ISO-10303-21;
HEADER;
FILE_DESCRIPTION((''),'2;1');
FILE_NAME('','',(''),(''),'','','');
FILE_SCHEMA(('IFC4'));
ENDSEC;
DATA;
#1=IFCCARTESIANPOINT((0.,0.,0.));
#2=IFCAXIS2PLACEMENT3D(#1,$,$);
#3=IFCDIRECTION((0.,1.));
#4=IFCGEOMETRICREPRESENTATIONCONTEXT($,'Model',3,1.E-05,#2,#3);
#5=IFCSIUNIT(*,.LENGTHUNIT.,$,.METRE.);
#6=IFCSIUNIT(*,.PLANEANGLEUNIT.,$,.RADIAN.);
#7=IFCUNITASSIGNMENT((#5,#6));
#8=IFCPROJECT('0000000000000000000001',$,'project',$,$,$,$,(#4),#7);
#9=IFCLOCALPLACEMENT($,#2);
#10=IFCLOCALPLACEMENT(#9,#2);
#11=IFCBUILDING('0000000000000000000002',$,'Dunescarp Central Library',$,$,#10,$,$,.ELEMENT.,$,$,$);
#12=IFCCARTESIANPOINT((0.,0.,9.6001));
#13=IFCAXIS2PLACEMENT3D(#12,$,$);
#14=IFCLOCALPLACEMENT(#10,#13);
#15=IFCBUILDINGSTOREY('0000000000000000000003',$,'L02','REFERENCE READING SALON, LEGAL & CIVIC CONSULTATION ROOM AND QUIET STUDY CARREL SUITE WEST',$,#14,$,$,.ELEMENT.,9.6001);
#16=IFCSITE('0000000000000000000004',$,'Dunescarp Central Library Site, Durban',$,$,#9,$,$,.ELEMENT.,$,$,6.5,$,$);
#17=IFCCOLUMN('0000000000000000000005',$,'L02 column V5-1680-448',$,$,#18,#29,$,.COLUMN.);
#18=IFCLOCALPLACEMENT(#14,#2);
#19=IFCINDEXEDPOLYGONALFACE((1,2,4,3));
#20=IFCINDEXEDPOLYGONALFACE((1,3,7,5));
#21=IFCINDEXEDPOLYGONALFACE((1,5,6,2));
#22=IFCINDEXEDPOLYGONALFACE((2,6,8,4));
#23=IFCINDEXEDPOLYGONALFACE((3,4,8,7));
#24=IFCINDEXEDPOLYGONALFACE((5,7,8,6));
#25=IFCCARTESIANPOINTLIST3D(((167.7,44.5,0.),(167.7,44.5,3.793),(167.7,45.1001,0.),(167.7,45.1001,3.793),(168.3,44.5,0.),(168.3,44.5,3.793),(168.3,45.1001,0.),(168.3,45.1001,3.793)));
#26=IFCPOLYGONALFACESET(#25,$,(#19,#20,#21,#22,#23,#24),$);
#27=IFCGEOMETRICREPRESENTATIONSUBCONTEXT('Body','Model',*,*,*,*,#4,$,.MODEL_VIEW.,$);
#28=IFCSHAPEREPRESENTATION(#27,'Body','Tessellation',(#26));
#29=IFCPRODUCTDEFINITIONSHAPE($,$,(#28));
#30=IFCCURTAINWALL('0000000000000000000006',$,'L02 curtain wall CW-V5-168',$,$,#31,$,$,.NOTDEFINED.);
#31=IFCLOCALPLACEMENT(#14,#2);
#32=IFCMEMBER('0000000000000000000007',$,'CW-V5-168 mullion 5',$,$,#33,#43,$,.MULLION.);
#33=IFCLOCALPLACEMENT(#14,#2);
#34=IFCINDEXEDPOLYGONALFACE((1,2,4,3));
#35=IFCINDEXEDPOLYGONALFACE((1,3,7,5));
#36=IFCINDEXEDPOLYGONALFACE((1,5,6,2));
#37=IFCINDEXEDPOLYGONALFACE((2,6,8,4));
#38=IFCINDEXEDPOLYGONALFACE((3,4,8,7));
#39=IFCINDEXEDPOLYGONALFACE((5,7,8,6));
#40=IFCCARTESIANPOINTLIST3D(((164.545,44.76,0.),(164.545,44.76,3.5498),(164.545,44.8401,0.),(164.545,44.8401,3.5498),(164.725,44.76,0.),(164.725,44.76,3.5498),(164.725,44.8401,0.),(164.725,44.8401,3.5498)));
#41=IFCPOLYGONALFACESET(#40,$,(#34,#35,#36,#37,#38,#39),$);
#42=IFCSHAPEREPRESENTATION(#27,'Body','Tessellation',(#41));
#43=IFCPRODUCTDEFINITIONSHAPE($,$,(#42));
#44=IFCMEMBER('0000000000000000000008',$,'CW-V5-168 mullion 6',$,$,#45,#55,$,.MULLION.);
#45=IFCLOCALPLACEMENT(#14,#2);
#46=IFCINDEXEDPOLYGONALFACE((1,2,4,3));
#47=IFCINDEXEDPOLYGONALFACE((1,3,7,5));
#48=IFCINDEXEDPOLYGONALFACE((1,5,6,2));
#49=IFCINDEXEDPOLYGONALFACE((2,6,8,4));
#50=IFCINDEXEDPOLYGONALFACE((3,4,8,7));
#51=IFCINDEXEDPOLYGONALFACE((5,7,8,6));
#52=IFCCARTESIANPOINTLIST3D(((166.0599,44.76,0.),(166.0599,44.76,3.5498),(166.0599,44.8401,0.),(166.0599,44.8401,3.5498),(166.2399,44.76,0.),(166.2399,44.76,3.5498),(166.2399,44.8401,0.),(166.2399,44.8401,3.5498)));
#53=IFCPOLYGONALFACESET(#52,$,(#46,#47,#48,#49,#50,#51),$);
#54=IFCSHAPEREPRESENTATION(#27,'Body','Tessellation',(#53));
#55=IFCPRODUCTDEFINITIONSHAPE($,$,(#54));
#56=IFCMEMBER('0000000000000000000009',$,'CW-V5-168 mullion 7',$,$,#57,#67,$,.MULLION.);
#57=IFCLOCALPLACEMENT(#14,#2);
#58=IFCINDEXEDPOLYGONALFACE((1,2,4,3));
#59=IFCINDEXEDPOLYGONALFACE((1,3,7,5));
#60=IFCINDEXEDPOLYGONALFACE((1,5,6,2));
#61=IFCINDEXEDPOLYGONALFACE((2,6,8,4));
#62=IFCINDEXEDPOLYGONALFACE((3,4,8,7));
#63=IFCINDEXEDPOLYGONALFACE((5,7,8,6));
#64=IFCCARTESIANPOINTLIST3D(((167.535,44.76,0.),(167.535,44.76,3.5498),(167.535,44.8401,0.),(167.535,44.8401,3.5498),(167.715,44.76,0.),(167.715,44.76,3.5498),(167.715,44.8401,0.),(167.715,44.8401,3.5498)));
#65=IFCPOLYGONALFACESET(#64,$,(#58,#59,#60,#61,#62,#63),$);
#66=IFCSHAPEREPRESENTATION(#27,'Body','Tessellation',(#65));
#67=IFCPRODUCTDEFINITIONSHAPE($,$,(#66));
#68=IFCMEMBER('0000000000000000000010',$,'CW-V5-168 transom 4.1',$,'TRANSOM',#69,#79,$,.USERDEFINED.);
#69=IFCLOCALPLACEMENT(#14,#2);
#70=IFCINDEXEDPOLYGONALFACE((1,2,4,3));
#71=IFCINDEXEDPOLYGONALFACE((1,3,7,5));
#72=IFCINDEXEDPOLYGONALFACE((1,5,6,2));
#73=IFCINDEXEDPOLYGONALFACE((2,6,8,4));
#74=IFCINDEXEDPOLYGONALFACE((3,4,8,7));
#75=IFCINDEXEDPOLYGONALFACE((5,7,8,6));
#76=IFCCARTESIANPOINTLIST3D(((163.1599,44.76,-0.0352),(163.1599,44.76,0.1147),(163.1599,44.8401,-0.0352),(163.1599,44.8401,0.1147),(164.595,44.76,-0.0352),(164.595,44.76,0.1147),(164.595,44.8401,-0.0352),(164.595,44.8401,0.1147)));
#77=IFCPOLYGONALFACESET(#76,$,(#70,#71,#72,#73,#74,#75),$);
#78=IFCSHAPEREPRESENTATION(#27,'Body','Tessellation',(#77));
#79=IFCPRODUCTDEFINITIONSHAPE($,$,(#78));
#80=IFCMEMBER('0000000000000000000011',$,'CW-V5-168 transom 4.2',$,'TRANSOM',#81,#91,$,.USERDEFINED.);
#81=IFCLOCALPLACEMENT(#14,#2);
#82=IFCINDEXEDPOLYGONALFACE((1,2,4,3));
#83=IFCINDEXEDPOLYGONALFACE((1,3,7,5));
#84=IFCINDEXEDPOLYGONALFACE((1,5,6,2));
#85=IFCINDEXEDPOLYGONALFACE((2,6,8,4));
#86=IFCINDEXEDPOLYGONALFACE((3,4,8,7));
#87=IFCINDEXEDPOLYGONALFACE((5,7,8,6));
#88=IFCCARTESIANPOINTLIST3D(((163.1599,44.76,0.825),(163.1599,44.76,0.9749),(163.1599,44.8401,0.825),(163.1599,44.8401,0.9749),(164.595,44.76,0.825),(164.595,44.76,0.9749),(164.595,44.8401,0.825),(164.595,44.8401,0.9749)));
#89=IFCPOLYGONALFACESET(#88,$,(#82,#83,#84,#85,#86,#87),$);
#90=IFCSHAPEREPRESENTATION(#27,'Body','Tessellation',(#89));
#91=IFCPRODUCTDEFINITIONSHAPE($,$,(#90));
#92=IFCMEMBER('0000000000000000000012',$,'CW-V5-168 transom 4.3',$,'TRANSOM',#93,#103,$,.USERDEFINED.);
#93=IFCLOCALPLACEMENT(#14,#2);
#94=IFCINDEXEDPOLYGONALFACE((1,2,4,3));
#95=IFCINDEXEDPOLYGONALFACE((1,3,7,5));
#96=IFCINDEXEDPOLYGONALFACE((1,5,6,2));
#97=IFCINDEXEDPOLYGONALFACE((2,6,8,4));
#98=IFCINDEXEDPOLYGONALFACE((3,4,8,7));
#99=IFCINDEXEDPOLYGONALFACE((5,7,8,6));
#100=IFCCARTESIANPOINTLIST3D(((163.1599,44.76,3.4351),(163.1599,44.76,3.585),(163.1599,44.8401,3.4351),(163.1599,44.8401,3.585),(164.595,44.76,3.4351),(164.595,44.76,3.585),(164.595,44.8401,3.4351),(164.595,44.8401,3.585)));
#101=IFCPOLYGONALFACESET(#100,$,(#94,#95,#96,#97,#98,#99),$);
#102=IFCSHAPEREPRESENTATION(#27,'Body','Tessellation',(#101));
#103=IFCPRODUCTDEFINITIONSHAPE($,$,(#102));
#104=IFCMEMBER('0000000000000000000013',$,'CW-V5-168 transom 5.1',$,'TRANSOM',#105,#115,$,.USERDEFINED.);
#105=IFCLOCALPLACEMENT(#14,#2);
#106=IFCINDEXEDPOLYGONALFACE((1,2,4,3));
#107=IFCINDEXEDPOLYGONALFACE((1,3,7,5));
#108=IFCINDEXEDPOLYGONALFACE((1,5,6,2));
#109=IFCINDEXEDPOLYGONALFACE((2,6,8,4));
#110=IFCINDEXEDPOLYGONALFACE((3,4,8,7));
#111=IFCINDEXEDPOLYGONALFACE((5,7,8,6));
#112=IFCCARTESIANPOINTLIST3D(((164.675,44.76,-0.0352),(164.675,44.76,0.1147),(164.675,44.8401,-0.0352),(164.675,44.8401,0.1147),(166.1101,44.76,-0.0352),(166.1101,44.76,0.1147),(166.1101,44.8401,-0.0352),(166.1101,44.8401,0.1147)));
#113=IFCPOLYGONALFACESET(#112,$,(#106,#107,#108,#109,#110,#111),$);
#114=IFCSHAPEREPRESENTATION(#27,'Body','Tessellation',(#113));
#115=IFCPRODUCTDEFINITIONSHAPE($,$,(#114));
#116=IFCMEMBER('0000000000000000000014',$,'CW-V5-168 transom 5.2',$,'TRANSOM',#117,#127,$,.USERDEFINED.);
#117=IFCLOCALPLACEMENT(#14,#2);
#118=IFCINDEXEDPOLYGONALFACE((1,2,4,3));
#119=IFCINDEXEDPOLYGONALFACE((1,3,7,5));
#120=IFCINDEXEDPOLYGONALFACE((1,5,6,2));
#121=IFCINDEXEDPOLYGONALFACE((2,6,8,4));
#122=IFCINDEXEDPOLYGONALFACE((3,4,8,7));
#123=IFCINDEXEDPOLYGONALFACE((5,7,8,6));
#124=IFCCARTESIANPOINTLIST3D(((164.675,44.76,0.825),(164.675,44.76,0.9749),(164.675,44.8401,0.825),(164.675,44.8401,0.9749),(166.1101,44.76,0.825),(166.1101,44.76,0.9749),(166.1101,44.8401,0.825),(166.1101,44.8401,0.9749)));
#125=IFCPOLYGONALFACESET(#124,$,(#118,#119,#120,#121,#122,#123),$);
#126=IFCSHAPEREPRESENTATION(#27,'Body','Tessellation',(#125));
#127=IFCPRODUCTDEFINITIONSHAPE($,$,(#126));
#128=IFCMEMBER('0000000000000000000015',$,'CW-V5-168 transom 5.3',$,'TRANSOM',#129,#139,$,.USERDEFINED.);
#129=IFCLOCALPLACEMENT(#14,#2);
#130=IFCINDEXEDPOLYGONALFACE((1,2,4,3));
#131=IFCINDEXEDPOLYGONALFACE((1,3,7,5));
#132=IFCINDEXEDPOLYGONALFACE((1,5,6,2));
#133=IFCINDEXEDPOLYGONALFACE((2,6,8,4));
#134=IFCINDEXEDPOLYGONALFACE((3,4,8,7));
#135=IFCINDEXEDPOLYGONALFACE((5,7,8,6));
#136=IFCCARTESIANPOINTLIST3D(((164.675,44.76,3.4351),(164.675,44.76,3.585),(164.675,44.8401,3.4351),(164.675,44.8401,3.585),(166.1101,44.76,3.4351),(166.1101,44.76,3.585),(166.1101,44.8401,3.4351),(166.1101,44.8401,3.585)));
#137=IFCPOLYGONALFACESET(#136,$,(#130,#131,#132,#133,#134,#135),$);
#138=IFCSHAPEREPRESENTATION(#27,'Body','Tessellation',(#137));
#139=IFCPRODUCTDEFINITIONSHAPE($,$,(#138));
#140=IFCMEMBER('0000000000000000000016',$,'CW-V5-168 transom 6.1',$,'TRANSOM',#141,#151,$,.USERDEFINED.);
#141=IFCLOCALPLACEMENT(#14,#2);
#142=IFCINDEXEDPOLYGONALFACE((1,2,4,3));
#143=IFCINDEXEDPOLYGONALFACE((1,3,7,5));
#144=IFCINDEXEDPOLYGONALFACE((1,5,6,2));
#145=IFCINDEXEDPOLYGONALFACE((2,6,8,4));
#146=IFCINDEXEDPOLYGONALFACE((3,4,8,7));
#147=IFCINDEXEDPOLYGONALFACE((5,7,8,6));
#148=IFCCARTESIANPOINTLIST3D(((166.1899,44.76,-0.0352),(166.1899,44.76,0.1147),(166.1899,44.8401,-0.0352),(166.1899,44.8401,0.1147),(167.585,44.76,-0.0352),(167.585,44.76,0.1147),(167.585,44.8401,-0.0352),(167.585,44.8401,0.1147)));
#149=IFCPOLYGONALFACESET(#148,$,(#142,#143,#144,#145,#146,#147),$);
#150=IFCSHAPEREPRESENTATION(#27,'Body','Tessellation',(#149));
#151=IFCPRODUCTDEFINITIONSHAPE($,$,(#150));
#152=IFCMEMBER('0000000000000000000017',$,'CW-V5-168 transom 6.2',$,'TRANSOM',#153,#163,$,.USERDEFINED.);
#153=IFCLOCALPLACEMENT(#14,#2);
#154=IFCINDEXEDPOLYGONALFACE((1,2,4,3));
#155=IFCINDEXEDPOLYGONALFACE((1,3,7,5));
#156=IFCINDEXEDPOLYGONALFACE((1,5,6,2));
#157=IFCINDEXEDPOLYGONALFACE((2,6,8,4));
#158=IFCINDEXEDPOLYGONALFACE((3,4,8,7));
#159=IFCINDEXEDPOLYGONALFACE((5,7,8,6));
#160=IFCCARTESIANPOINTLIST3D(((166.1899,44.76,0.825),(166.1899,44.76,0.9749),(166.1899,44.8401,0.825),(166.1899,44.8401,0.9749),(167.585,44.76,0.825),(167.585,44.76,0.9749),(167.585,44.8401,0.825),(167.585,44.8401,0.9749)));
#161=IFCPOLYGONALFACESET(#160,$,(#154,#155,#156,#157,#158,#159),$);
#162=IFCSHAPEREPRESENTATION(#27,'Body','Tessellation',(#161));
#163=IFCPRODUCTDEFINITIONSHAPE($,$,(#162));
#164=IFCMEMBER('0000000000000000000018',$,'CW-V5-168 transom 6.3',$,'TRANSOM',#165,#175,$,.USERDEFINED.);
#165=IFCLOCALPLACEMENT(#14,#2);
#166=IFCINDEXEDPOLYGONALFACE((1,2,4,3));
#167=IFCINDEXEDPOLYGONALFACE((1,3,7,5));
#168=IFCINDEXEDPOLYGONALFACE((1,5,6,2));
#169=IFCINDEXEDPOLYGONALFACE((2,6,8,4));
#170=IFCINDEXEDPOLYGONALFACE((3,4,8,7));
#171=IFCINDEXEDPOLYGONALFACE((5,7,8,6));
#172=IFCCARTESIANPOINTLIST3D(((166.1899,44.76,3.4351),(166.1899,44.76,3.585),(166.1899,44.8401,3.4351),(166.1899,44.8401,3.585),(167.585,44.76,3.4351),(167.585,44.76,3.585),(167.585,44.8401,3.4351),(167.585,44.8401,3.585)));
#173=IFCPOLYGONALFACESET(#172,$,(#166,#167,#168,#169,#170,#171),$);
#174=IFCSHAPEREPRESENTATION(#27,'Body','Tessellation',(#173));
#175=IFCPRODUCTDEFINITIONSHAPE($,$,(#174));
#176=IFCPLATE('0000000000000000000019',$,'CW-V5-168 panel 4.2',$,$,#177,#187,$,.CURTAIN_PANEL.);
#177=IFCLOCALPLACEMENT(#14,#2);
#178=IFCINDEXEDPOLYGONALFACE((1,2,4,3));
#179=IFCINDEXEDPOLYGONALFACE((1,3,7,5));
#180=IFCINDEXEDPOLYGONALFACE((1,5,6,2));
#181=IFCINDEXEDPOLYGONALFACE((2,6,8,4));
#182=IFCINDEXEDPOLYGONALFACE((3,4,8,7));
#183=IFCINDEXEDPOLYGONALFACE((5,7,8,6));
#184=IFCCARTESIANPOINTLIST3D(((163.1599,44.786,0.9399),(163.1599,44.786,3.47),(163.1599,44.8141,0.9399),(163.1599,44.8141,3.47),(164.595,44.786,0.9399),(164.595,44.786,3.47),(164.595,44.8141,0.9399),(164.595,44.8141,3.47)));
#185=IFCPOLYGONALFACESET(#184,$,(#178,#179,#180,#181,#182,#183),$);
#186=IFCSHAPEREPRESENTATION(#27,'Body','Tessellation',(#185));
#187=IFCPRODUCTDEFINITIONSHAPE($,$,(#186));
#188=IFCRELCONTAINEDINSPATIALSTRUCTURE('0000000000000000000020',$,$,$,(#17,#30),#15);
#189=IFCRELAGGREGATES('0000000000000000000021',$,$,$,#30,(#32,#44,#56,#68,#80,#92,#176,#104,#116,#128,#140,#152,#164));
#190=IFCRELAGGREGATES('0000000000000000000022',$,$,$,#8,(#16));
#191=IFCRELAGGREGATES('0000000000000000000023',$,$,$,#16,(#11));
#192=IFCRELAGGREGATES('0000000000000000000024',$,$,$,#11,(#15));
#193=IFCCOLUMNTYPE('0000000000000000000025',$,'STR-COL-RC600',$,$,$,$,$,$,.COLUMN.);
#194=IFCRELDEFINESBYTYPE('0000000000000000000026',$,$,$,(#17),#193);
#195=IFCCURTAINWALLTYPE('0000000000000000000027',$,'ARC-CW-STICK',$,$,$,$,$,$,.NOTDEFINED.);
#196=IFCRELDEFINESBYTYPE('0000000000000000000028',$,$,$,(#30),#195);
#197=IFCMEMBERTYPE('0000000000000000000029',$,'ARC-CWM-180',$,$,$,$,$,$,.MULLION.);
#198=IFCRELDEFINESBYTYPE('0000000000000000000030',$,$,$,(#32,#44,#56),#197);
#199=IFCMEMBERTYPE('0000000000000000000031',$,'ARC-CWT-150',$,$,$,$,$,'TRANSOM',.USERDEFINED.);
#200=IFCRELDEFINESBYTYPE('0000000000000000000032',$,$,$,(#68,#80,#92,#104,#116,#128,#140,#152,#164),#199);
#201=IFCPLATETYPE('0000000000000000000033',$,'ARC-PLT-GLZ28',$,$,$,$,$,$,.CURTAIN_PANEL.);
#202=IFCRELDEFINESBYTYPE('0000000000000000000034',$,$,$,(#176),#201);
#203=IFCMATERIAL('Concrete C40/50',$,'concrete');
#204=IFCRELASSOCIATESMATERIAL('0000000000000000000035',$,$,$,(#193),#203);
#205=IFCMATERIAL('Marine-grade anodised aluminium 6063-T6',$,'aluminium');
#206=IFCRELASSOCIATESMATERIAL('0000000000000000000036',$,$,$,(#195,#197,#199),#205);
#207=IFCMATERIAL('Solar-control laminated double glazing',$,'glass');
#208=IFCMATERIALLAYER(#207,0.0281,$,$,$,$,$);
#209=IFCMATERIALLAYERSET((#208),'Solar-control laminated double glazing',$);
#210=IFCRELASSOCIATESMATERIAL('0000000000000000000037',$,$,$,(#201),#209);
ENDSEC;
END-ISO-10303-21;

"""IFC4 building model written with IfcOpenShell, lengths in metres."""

from ifc_helpers import new_model, si_unit, direction, frame, origin, origin_2d, place, context, subcontext, project, spatial, rectangle, extrude, material, layer, layer_set, material_profile, profile_set, type_object, element, aggregate, save


model = new_model("IFC4")

# Units and contexts
model_context = context("Model", 3, precision=1e-05, world=origin(), true_north=direction((0.0, 1.0)))
body_context = subcontext(model_context, "Body", "Model", "MODEL_VIEW")
ifc_project = project(units=[si_unit("LENGTHUNIT", "METRE"), si_unit("PLANEANGLEUNIT", "RADIAN")], contexts=[model_context])

# Site, building, storey
site_placement = place(None, origin())
site = spatial("IfcSite", under=ifc_project, at=site_placement, Name="Dunescarp Central Library Site, Durban", CompositionType="ELEMENT", RefElevation=6.5)
building_placement = place(site_placement, origin())
building = spatial("IfcBuilding", under=site, at=building_placement, Name="Dunescarp Central Library", CompositionType="ELEMENT")
storey_placement = place(building_placement, frame((0.0, 0.0, 9.6001)))
storey = spatial("IfcBuildingStorey", under=building, at=storey_placement, Name="L02", Description="REFERENCE READING SALON, LEGAL & CIVIC CONSULTATION ROOM AND QUIET STUDY CARREL SUITE WEST", CompositionType="ELEMENT", Elevation=9.6001)

# Column
ifc_material_1 = material(Name="Concrete C40/50", Category="concrete")
ifc_material_profile_1 = material_profile(ifc_material_1, rectangle(XDim=0.6001, YDim=0.6001, at=origin_2d()), Name="RC 600x600")
ifc_profile_set_1 = profile_set([ifc_material_profile_1], Name="Concrete C40/50")
column_type = type_object("IfcColumnType", Name="STR-COL-RC600", PredefinedType="COLUMN", material=ifc_profile_set_1)
column_placement = place(storey_placement, frame((168.0, 44.8, 0.0), z_axis=(0.0, 0.0, 1.0), x_axis=(1.0, 0.0, 0.0)))
element("IfcColumn", 1, at=column_placement, inside=storey, type_object=column_type, Name="L02 column V5-1680-448", PredefinedType="COLUMN", context=body_context, shape_type="SweptSolid", body=[
    extrude(rectangle(XDim=0.6001, YDim=0.6001, at=origin_2d()), origin(), (0.0, 0.0, 1.0), 3.793),
])

# Curtain wall, members, plate
ifc_material_2 = material(Name="Marine-grade anodised aluminium 6063-T6", Category="aluminium")
curtain_wall_type = type_object("IfcCurtainWallType", Name="ARC-CW-STICK", PredefinedType="NOTDEFINED", material=ifc_material_2)
curtain_wall_placement = place(storey_placement, origin())
curtain_wall = element("IfcCurtainWall", 2, at=curtain_wall_placement, inside=storey, type_object=curtain_wall_type, Name="L02 curtain wall CW-V5-168", PredefinedType="NOTDEFINED")
ifc_material_profile_2 = material_profile(ifc_material_2, rectangle(XDim=0.0801, YDim=0.1799, at=origin_2d()), Name="AL 80x180")
ifc_profile_set_2 = profile_set([ifc_material_profile_2], Name="Marine-grade anodised aluminium 6063-T6")
member_type_1 = type_object("IfcMemberType", Name="ARC-CWM-180", PredefinedType="MULLION", material=ifc_profile_set_2)
member_1_placement = place(storey_placement, frame((164.635, 44.8, 0.0), z_axis=(0.0, 0.0, 1.0), x_axis=(0.0, 1.0, 0.0)))
member_1 = element("IfcMember", 3, at=member_1_placement, type_object=member_type_1, Name="CW-V5-168 mullion 5", PredefinedType="MULLION", context=body_context, shape_type="SweptSolid", body=[
    extrude(rectangle(XDim=0.0801, YDim=0.1799, at=origin_2d()), origin(), (0.0, 0.0, 1.0), 3.5498),
])
member_2_placement = place(storey_placement, frame((166.1499, 44.8, 0.0), z_axis=(0.0, 0.0, 1.0), x_axis=(0.0, 1.0, 0.0)))
member_2 = element("IfcMember", 4, at=member_2_placement, type_object=member_type_1, Name="CW-V5-168 mullion 6", PredefinedType="MULLION", context=body_context, shape_type="SweptSolid", body=[
    extrude(rectangle(XDim=0.0801, YDim=0.1799, at=origin_2d()), origin(), (0.0, 0.0, 1.0), 3.5498),
])
member_3_placement = place(storey_placement, frame((167.625, 44.8, 0.0), z_axis=(0.0, 0.0, 1.0), x_axis=(0.0, 1.0, 0.0)))
member_3 = element("IfcMember", 5, at=member_3_placement, type_object=member_type_1, Name="CW-V5-168 mullion 7", PredefinedType="MULLION", context=body_context, shape_type="SweptSolid", body=[
    extrude(rectangle(XDim=0.0801, YDim=0.1799, at=origin_2d()), origin(), (0.0, 0.0, 1.0), 3.5498),
])
ifc_material_profile_3 = material_profile(ifc_material_2, rectangle(XDim=0.0801, YDim=0.1499, at=origin_2d()), Name="AL 80x150")
ifc_profile_set_3 = profile_set([ifc_material_profile_3], Name="Marine-grade anodised aluminium 6063-T6")
member_type_2 = type_object("IfcMemberType", Name="ARC-CWT-150", ElementType="TRANSOM", PredefinedType="USERDEFINED", material=ifc_profile_set_3)
member_4_placement = place(storey_placement, frame((163.1599, 44.8, 0.0398), z_axis=(1.0, 0.0, 0.0), x_axis=(0.0, 1.0, 0.0)))
member_4 = element("IfcMember", 6, at=member_4_placement, type_object=member_type_2, Name="CW-V5-168 transom 4.1", ObjectType="TRANSOM", PredefinedType="USERDEFINED", context=body_context, shape_type="SweptSolid", body=[
    extrude(rectangle(XDim=0.0801, YDim=0.1499, at=origin_2d()), origin(), (0.0, 0.0, 1.0), 1.4351),
])
member_5_placement = place(storey_placement, frame((163.1599, 44.8, 0.8999), z_axis=(1.0, 0.0, 0.0), x_axis=(0.0, 1.0, 0.0)))
member_5 = element("IfcMember", 7, at=member_5_placement, type_object=member_type_2, Name="CW-V5-168 transom 4.2", ObjectType="TRANSOM", PredefinedType="USERDEFINED", context=body_context, shape_type="SweptSolid", body=[
    extrude(rectangle(XDim=0.0801, YDim=0.1499, at=origin_2d()), origin(), (0.0, 0.0, 1.0), 1.4351),
])
member_6_placement = place(storey_placement, frame((163.1599, 44.8, 3.51), z_axis=(1.0, 0.0, 0.0), x_axis=(0.0, 1.0, 0.0)))
member_6 = element("IfcMember", 8, at=member_6_placement, type_object=member_type_2, Name="CW-V5-168 transom 4.3", ObjectType="TRANSOM", PredefinedType="USERDEFINED", context=body_context, shape_type="SweptSolid", body=[
    extrude(rectangle(XDim=0.0801, YDim=0.1499, at=origin_2d()), origin(), (0.0, 0.0, 1.0), 1.4351),
])
member_7_placement = place(storey_placement, frame((164.675, 44.8, 0.0398), z_axis=(1.0, 0.0, 0.0), x_axis=(0.0, 1.0, 0.0)))
member_7 = element("IfcMember", 9, at=member_7_placement, type_object=member_type_2, Name="CW-V5-168 transom 5.1", ObjectType="TRANSOM", PredefinedType="USERDEFINED", context=body_context, shape_type="SweptSolid", body=[
    extrude(rectangle(XDim=0.0801, YDim=0.1499, at=origin_2d()), origin(), (0.0, 0.0, 1.0), 1.4351),
])
member_8_placement = place(storey_placement, frame((164.675, 44.8, 0.8999), z_axis=(1.0, 0.0, 0.0), x_axis=(0.0, 1.0, 0.0)))
member_8 = element("IfcMember", 10, at=member_8_placement, type_object=member_type_2, Name="CW-V5-168 transom 5.2", ObjectType="TRANSOM", PredefinedType="USERDEFINED", context=body_context, shape_type="SweptSolid", body=[
    extrude(rectangle(XDim=0.0801, YDim=0.1499, at=origin_2d()), origin(), (0.0, 0.0, 1.0), 1.4351),
])
member_9_placement = place(storey_placement, frame((164.675, 44.8, 3.51), z_axis=(1.0, 0.0, 0.0), x_axis=(0.0, 1.0, 0.0)))
member_9 = element("IfcMember", 11, at=member_9_placement, type_object=member_type_2, Name="CW-V5-168 transom 5.3", ObjectType="TRANSOM", PredefinedType="USERDEFINED", context=body_context, shape_type="SweptSolid", body=[
    extrude(rectangle(XDim=0.0801, YDim=0.1499, at=origin_2d()), origin(), (0.0, 0.0, 1.0), 1.4351),
])
member_10_placement = place(storey_placement, frame((166.1899, 44.8, 0.0398), z_axis=(1.0, 0.0, 0.0), x_axis=(0.0, 1.0, 0.0)))
member_10 = element("IfcMember", 12, at=member_10_placement, type_object=member_type_2, Name="CW-V5-168 transom 6.1", ObjectType="TRANSOM", PredefinedType="USERDEFINED", context=body_context, shape_type="SweptSolid", body=[
    extrude(rectangle(XDim=0.0801, YDim=0.1499, at=origin_2d()), origin(), (0.0, 0.0, 1.0), 1.395),
])
member_11_placement = place(storey_placement, frame((166.1899, 44.8, 0.8999), z_axis=(1.0, 0.0, 0.0), x_axis=(0.0, 1.0, 0.0)))
member_11 = element("IfcMember", 13, at=member_11_placement, type_object=member_type_2, Name="CW-V5-168 transom 6.2", ObjectType="TRANSOM", PredefinedType="USERDEFINED", context=body_context, shape_type="SweptSolid", body=[
    extrude(rectangle(XDim=0.0801, YDim=0.1499, at=origin_2d()), origin(), (0.0, 0.0, 1.0), 1.395),
])
member_12_placement = place(storey_placement, frame((166.1899, 44.8, 3.51), z_axis=(1.0, 0.0, 0.0), x_axis=(0.0, 1.0, 0.0)))
member_12 = element("IfcMember", 14, at=member_12_placement, type_object=member_type_2, Name="CW-V5-168 transom 6.3", ObjectType="TRANSOM", PredefinedType="USERDEFINED", context=body_context, shape_type="SweptSolid", body=[
    extrude(rectangle(XDim=0.0801, YDim=0.1499, at=origin_2d()), origin(), (0.0, 0.0, 1.0), 1.395),
])
ifc_material_3 = material(Name="Solar-control laminated double glazing", Category="glass")
ifc_layer_1 = layer(ifc_material_3, 0.0281)
ifc_layer_set_1 = layer_set([ifc_layer_1], Name="Solar-control laminated double glazing")
plate_type_1 = type_object("IfcPlateType", Name="ARC-PLT-GLZ28", PredefinedType="CURTAIN_PANEL", material=ifc_layer_set_1)
plate_1_placement = place(storey_placement, frame((163.8774, 44.8, 0.9399), z_axis=(0.0, 0.0, 1.0), x_axis=(1.0, 0.0, 0.0)))
plate_1 = element("IfcPlate", 15, at=plate_1_placement, type_object=plate_type_1, Name="CW-V5-168 panel 4.2", PredefinedType="CURTAIN_PANEL", context=body_context, shape_type="SweptSolid", body=[
    extrude(rectangle(XDim=1.4351, YDim=0.0281, at=origin_2d()), origin(), (0.0, 0.0, 1.0), 2.53),
])
aggregate(curtain_wall, [member_1, member_2, member_3, member_4, member_5, member_6, plate_1, member_7, member_8, member_9, member_10, member_11, member_12])

save(model, "model.ifc")
